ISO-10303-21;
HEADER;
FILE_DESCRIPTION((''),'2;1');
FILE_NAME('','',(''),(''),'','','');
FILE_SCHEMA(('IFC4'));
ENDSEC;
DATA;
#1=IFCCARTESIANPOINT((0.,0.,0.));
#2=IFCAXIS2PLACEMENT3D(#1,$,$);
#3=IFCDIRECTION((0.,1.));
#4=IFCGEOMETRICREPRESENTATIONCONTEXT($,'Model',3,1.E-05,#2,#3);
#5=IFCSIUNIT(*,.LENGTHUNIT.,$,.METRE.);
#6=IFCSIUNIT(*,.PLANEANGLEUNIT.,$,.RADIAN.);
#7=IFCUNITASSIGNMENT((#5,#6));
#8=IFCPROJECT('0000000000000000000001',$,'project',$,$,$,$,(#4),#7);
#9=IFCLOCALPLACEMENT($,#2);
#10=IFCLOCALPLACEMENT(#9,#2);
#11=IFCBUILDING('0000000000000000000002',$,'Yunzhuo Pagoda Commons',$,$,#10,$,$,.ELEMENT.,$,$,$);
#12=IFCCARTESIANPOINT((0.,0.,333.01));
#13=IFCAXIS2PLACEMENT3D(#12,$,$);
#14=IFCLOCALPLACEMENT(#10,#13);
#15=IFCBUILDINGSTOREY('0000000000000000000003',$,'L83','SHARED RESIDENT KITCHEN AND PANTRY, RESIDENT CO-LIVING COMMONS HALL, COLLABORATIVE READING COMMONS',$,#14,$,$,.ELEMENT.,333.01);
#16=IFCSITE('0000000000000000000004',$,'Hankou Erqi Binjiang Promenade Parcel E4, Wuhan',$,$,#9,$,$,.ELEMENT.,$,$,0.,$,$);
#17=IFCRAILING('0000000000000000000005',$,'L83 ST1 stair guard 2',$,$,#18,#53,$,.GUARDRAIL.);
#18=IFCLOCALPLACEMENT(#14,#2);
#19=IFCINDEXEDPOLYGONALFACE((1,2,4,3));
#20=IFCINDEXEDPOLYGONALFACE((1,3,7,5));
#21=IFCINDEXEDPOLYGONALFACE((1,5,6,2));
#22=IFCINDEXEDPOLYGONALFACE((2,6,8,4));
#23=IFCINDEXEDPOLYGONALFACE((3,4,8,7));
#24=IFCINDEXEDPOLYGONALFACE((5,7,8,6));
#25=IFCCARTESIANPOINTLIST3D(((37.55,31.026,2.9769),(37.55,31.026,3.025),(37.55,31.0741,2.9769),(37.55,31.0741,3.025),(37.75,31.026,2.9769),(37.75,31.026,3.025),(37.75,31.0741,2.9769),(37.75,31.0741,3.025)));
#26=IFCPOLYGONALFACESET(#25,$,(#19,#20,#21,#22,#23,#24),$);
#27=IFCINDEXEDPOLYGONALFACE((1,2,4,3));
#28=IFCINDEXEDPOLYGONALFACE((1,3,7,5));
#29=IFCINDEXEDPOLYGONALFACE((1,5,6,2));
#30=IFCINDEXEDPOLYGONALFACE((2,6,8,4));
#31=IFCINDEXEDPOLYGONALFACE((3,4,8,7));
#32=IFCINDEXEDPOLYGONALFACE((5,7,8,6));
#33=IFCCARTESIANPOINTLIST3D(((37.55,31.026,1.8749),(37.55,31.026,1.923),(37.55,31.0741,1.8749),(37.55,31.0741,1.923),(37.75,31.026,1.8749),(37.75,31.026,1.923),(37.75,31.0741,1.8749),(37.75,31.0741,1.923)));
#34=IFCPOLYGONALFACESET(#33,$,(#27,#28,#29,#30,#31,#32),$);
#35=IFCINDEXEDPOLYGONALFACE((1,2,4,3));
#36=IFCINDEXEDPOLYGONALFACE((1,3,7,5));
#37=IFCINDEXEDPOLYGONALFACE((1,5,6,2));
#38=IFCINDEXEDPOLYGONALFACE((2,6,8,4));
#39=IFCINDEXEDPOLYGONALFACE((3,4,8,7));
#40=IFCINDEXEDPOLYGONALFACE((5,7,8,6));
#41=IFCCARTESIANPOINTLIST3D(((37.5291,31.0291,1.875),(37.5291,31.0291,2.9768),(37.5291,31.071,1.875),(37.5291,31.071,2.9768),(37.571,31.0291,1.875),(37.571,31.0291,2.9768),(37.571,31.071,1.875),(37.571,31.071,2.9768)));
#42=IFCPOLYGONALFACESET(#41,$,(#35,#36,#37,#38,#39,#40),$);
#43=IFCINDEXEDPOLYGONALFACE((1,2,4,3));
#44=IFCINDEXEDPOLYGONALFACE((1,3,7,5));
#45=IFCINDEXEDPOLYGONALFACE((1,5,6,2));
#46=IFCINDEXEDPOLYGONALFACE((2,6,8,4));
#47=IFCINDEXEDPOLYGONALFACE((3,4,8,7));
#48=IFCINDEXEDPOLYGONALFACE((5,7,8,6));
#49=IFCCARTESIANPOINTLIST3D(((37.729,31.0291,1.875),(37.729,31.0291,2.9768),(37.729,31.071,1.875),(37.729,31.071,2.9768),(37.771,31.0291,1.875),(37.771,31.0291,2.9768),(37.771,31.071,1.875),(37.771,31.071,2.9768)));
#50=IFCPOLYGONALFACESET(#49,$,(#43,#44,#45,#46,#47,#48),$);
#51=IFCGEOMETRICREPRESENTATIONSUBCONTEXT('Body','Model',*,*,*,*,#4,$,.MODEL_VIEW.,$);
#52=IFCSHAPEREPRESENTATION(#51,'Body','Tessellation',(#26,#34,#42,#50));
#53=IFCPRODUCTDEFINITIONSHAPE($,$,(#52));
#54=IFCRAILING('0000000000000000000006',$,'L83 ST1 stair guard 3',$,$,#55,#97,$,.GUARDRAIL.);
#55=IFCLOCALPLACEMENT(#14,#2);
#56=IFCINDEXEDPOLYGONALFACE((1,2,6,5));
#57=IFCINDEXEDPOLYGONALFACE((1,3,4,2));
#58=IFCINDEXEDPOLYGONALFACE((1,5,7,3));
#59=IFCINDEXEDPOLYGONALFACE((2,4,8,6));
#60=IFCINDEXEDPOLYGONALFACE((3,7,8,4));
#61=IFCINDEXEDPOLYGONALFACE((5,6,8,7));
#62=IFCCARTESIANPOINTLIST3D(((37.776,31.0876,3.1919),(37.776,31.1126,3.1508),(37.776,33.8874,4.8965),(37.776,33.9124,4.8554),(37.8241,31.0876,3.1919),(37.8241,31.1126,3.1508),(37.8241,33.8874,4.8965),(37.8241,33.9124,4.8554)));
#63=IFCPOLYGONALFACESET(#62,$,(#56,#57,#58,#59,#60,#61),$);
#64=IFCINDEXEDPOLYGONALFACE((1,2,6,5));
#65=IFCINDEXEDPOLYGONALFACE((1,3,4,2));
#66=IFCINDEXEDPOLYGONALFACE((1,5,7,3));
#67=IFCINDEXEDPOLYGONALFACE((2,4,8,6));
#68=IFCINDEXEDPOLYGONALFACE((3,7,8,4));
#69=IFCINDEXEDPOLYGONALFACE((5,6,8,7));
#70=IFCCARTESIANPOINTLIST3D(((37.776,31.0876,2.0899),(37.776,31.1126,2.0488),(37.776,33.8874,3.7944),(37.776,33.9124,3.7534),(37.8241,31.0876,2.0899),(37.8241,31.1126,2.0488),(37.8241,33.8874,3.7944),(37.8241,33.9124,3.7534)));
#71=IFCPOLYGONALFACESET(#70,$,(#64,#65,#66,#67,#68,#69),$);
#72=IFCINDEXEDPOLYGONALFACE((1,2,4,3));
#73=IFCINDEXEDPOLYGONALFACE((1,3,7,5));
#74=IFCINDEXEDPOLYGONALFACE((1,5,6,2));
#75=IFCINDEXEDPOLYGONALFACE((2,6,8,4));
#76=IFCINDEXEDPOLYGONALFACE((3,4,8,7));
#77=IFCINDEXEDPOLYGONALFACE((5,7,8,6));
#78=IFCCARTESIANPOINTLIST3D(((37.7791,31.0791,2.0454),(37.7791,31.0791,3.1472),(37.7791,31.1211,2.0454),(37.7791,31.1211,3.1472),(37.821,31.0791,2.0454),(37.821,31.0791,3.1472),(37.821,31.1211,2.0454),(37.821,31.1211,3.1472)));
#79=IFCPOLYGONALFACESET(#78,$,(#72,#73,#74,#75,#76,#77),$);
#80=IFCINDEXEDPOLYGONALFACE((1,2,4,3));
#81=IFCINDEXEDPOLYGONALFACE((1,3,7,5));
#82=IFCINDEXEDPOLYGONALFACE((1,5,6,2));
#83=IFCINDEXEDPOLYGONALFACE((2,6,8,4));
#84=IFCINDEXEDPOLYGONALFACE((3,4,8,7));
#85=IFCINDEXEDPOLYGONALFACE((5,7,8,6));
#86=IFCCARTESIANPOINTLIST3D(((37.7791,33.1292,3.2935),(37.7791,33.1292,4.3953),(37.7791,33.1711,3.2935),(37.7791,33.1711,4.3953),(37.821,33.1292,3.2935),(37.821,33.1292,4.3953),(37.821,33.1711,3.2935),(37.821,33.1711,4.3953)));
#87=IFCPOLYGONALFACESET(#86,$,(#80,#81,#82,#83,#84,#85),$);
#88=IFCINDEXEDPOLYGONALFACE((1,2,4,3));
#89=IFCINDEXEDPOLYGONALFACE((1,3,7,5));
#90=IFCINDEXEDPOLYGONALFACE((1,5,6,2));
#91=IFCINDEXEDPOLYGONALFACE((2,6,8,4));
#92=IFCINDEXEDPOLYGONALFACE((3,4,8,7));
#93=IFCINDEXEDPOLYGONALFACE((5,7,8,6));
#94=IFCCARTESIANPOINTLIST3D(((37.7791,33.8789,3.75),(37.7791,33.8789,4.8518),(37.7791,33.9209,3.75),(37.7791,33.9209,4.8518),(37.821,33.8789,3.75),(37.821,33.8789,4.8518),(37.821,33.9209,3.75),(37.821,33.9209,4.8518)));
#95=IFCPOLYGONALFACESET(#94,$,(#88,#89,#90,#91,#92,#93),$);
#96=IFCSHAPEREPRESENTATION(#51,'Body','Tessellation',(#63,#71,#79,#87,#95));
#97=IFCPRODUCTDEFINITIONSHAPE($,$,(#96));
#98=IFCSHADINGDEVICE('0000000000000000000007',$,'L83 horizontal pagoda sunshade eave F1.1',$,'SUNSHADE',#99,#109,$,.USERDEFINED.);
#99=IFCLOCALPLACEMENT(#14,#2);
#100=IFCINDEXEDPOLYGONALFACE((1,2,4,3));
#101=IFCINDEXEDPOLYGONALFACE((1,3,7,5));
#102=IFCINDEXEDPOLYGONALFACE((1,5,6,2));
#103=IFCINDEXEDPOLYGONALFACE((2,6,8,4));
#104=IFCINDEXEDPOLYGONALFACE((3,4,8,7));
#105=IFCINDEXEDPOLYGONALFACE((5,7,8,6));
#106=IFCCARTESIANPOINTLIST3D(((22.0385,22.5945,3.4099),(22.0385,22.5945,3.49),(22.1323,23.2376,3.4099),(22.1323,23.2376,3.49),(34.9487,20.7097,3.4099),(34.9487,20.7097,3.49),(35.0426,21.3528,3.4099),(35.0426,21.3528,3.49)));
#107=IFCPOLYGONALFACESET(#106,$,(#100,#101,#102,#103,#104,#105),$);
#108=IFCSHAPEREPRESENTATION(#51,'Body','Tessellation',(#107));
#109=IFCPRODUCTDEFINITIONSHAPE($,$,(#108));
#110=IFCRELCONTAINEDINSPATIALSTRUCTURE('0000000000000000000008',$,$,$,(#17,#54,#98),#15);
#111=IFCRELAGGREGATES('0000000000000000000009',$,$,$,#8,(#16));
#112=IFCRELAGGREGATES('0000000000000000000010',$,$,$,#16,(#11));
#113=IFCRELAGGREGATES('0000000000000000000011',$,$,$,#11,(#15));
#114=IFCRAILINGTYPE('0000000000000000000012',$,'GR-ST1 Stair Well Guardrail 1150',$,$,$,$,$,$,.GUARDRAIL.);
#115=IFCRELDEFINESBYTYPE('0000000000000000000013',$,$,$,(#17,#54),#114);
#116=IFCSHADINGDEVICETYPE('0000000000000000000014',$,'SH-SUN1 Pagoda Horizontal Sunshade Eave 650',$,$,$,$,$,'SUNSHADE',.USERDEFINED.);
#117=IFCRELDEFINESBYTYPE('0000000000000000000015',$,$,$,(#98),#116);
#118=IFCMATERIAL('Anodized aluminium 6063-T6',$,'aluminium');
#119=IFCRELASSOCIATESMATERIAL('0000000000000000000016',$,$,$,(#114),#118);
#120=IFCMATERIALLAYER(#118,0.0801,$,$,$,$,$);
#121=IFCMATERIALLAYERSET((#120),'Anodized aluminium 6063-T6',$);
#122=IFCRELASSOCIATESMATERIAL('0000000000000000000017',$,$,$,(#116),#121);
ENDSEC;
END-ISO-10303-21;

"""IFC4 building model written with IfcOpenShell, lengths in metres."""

from ifc_helpers import new_model, si_unit, direction, frame, origin, origin_2d, place, context, subcontext, project, spatial, rectangle, extrude, source, transform, mapped, material, layer, layer_set, type_object, element, save


model = new_model("IFC4")

# Units and contexts
model_context = context("Model", 3, precision=1e-05, world=origin(), true_north=direction((0.0, 1.0)))
body_context = subcontext(model_context, "Body", "Model", "MODEL_VIEW")
ifc_project = project(units=[si_unit("LENGTHUNIT", "METRE"), si_unit("PLANEANGLEUNIT", "RADIAN")], contexts=[model_context])

# Site, building, storey
site_placement = place(None, origin())
site = spatial("IfcSite", under=ifc_project, at=site_placement, Name="Hankou Erqi Binjiang Promenade Parcel E4, Wuhan", CompositionType="ELEMENT", RefElevation=0.0)
building_placement = place(site_placement, origin())
building = spatial("IfcBuilding", under=site, at=building_placement, Name="Yunzhuo Pagoda Commons", CompositionType="ELEMENT")
storey_placement = place(building_placement, frame((0.0, 0.0, 333.01)))
storey = spatial("IfcBuildingStorey", under=building, at=storey_placement, Name="L83", Description="SHARED RESIDENT KITCHEN AND PANTRY, RESIDENT CO-LIVING COMMONS HALL, COLLABORATIVE READING COMMONS", CompositionType="ELEMENT", Elevation=333.01)

# Shared definitions
ifc_material_1 = material(Name="Anodized aluminium 6063-T6", Category="aluminium")

# Railings
railing_type = type_object("IfcRailingType", Name="GR-ST1 Stair Well Guardrail 1150", PredefinedType="GUARDRAIL", material=ifc_material_1)
railing_1_placement = place(storey_placement, frame((37.55, 31.05, 1.875)))
element("IfcRailing", 1, at=railing_1_placement, inside=storey, type_object=railing_type, Name="L83 ST1 stair guard 2", PredefinedType="GUARDRAIL", context=body_context, shape_type="SweptSolid", body=[
    extrude(rectangle(XDim=0.0481, YDim=0.0481, at=origin_2d()), frame((0.0, 0.0, 1.126), z_axis=(1.0, 0.0, 0.0), x_axis=(0.0, 1.0, 0.0)), (0.0, 0.0, 1.0), 0.2),
    extrude(rectangle(XDim=0.0481, YDim=0.0481, at=origin_2d()), frame((0.0, 0.0, 0.0239), z_axis=(1.0, 0.0, 0.0), x_axis=(0.0, 1.0, 0.0)), (0.0, 0.0, 1.0), 0.2),
    extrude(rectangle(XDim=0.042, YDim=0.042, at=origin_2d()), origin(), (0.0, 0.0, 1.0), 1.1018),
    extrude(rectangle(XDim=0.042, YDim=0.042, at=origin_2d()), frame((0.2, 0.0, 0.0)), (0.0, 0.0, 1.0), 1.1018),
])
railing_2_placement = place(storey_placement, frame((37.8, 31.1001, 2.0454)))
element("IfcRailing", 2, at=railing_2_placement, inside=storey, type_object=railing_type, Name="L83 ST1 stair guard 3", PredefinedType="GUARDRAIL", context=body_context, shape_type="SweptSolid", body=[
    extrude(rectangle(XDim=0.0481, YDim=0.0481, at=origin_2d()), frame((0.0, 0.0, 1.126), z_axis=(0.0, 0.85415, 0.520027), x_axis=(-1.0, 0.0, 0.0)), (0.0, 0.0, 1.0), 3.2778),
    extrude(rectangle(XDim=0.0481, YDim=0.0481, at=origin_2d()), frame((0.0, 0.0, 0.0239), z_axis=(0.0, 0.85415, 0.520027), x_axis=(-1.0, 0.0, 0.0)), (0.0, 0.0, 1.0), 3.2778),
    extrude(rectangle(XDim=0.042, YDim=0.042, at=origin_2d()), origin(), (0.0, 0.0, 1.0), 1.1018),
    extrude(rectangle(XDim=0.042, YDim=0.042, at=origin_2d()), frame((0.0, 2.05, 1.248)), (0.0, 0.0, 1.0), 1.1018),
    extrude(rectangle(XDim=0.042, YDim=0.042, at=origin_2d()), frame((0.0, 2.7998, 1.7046)), (0.0, 0.0, 1.0), 1.1018),
])

# Shading device
ifc_layer_1 = layer(ifc_material_1, 0.0801)
ifc_layer_set_1 = layer_set([ifc_layer_1], Name="Anodized aluminium 6063-T6")
shading_device_type = type_object("IfcShadingDeviceType", Name="SH-SUN1 Pagoda Horizontal Sunshade Eave 650", ElementType="SUNSHADE", PredefinedType="USERDEFINED", material=ifc_layer_set_1)
shared_shape_1 = source(origin(), body_context, "Body", "SweptSolid", [
    extrude(rectangle(XDim=13.0471, YDim=0.6499, at=origin_2d()), origin(), (0.0, 0.0, 1.0), 0.0801),
])
shading_device_placement = place(storey_placement, frame((28.5405, 21.9736, 3.4099), z_axis=(0.0, 0.0, 1.0), x_axis=(0.989511, -0.14446, 0.0)))
element("IfcShadingDevice", 3, at=shading_device_placement, inside=storey, type_object=shading_device_type, Name="L83 horizontal pagoda sunshade eave F1.1", ObjectType="SUNSHADE", PredefinedType="USERDEFINED", context=body_context, shape_type="MappedRepresentation", body=[
    mapped(shared_shape_1, transform((0.0, 0.0, 0.0), scale=1.0)),
])

save(model, "model.ifc")
